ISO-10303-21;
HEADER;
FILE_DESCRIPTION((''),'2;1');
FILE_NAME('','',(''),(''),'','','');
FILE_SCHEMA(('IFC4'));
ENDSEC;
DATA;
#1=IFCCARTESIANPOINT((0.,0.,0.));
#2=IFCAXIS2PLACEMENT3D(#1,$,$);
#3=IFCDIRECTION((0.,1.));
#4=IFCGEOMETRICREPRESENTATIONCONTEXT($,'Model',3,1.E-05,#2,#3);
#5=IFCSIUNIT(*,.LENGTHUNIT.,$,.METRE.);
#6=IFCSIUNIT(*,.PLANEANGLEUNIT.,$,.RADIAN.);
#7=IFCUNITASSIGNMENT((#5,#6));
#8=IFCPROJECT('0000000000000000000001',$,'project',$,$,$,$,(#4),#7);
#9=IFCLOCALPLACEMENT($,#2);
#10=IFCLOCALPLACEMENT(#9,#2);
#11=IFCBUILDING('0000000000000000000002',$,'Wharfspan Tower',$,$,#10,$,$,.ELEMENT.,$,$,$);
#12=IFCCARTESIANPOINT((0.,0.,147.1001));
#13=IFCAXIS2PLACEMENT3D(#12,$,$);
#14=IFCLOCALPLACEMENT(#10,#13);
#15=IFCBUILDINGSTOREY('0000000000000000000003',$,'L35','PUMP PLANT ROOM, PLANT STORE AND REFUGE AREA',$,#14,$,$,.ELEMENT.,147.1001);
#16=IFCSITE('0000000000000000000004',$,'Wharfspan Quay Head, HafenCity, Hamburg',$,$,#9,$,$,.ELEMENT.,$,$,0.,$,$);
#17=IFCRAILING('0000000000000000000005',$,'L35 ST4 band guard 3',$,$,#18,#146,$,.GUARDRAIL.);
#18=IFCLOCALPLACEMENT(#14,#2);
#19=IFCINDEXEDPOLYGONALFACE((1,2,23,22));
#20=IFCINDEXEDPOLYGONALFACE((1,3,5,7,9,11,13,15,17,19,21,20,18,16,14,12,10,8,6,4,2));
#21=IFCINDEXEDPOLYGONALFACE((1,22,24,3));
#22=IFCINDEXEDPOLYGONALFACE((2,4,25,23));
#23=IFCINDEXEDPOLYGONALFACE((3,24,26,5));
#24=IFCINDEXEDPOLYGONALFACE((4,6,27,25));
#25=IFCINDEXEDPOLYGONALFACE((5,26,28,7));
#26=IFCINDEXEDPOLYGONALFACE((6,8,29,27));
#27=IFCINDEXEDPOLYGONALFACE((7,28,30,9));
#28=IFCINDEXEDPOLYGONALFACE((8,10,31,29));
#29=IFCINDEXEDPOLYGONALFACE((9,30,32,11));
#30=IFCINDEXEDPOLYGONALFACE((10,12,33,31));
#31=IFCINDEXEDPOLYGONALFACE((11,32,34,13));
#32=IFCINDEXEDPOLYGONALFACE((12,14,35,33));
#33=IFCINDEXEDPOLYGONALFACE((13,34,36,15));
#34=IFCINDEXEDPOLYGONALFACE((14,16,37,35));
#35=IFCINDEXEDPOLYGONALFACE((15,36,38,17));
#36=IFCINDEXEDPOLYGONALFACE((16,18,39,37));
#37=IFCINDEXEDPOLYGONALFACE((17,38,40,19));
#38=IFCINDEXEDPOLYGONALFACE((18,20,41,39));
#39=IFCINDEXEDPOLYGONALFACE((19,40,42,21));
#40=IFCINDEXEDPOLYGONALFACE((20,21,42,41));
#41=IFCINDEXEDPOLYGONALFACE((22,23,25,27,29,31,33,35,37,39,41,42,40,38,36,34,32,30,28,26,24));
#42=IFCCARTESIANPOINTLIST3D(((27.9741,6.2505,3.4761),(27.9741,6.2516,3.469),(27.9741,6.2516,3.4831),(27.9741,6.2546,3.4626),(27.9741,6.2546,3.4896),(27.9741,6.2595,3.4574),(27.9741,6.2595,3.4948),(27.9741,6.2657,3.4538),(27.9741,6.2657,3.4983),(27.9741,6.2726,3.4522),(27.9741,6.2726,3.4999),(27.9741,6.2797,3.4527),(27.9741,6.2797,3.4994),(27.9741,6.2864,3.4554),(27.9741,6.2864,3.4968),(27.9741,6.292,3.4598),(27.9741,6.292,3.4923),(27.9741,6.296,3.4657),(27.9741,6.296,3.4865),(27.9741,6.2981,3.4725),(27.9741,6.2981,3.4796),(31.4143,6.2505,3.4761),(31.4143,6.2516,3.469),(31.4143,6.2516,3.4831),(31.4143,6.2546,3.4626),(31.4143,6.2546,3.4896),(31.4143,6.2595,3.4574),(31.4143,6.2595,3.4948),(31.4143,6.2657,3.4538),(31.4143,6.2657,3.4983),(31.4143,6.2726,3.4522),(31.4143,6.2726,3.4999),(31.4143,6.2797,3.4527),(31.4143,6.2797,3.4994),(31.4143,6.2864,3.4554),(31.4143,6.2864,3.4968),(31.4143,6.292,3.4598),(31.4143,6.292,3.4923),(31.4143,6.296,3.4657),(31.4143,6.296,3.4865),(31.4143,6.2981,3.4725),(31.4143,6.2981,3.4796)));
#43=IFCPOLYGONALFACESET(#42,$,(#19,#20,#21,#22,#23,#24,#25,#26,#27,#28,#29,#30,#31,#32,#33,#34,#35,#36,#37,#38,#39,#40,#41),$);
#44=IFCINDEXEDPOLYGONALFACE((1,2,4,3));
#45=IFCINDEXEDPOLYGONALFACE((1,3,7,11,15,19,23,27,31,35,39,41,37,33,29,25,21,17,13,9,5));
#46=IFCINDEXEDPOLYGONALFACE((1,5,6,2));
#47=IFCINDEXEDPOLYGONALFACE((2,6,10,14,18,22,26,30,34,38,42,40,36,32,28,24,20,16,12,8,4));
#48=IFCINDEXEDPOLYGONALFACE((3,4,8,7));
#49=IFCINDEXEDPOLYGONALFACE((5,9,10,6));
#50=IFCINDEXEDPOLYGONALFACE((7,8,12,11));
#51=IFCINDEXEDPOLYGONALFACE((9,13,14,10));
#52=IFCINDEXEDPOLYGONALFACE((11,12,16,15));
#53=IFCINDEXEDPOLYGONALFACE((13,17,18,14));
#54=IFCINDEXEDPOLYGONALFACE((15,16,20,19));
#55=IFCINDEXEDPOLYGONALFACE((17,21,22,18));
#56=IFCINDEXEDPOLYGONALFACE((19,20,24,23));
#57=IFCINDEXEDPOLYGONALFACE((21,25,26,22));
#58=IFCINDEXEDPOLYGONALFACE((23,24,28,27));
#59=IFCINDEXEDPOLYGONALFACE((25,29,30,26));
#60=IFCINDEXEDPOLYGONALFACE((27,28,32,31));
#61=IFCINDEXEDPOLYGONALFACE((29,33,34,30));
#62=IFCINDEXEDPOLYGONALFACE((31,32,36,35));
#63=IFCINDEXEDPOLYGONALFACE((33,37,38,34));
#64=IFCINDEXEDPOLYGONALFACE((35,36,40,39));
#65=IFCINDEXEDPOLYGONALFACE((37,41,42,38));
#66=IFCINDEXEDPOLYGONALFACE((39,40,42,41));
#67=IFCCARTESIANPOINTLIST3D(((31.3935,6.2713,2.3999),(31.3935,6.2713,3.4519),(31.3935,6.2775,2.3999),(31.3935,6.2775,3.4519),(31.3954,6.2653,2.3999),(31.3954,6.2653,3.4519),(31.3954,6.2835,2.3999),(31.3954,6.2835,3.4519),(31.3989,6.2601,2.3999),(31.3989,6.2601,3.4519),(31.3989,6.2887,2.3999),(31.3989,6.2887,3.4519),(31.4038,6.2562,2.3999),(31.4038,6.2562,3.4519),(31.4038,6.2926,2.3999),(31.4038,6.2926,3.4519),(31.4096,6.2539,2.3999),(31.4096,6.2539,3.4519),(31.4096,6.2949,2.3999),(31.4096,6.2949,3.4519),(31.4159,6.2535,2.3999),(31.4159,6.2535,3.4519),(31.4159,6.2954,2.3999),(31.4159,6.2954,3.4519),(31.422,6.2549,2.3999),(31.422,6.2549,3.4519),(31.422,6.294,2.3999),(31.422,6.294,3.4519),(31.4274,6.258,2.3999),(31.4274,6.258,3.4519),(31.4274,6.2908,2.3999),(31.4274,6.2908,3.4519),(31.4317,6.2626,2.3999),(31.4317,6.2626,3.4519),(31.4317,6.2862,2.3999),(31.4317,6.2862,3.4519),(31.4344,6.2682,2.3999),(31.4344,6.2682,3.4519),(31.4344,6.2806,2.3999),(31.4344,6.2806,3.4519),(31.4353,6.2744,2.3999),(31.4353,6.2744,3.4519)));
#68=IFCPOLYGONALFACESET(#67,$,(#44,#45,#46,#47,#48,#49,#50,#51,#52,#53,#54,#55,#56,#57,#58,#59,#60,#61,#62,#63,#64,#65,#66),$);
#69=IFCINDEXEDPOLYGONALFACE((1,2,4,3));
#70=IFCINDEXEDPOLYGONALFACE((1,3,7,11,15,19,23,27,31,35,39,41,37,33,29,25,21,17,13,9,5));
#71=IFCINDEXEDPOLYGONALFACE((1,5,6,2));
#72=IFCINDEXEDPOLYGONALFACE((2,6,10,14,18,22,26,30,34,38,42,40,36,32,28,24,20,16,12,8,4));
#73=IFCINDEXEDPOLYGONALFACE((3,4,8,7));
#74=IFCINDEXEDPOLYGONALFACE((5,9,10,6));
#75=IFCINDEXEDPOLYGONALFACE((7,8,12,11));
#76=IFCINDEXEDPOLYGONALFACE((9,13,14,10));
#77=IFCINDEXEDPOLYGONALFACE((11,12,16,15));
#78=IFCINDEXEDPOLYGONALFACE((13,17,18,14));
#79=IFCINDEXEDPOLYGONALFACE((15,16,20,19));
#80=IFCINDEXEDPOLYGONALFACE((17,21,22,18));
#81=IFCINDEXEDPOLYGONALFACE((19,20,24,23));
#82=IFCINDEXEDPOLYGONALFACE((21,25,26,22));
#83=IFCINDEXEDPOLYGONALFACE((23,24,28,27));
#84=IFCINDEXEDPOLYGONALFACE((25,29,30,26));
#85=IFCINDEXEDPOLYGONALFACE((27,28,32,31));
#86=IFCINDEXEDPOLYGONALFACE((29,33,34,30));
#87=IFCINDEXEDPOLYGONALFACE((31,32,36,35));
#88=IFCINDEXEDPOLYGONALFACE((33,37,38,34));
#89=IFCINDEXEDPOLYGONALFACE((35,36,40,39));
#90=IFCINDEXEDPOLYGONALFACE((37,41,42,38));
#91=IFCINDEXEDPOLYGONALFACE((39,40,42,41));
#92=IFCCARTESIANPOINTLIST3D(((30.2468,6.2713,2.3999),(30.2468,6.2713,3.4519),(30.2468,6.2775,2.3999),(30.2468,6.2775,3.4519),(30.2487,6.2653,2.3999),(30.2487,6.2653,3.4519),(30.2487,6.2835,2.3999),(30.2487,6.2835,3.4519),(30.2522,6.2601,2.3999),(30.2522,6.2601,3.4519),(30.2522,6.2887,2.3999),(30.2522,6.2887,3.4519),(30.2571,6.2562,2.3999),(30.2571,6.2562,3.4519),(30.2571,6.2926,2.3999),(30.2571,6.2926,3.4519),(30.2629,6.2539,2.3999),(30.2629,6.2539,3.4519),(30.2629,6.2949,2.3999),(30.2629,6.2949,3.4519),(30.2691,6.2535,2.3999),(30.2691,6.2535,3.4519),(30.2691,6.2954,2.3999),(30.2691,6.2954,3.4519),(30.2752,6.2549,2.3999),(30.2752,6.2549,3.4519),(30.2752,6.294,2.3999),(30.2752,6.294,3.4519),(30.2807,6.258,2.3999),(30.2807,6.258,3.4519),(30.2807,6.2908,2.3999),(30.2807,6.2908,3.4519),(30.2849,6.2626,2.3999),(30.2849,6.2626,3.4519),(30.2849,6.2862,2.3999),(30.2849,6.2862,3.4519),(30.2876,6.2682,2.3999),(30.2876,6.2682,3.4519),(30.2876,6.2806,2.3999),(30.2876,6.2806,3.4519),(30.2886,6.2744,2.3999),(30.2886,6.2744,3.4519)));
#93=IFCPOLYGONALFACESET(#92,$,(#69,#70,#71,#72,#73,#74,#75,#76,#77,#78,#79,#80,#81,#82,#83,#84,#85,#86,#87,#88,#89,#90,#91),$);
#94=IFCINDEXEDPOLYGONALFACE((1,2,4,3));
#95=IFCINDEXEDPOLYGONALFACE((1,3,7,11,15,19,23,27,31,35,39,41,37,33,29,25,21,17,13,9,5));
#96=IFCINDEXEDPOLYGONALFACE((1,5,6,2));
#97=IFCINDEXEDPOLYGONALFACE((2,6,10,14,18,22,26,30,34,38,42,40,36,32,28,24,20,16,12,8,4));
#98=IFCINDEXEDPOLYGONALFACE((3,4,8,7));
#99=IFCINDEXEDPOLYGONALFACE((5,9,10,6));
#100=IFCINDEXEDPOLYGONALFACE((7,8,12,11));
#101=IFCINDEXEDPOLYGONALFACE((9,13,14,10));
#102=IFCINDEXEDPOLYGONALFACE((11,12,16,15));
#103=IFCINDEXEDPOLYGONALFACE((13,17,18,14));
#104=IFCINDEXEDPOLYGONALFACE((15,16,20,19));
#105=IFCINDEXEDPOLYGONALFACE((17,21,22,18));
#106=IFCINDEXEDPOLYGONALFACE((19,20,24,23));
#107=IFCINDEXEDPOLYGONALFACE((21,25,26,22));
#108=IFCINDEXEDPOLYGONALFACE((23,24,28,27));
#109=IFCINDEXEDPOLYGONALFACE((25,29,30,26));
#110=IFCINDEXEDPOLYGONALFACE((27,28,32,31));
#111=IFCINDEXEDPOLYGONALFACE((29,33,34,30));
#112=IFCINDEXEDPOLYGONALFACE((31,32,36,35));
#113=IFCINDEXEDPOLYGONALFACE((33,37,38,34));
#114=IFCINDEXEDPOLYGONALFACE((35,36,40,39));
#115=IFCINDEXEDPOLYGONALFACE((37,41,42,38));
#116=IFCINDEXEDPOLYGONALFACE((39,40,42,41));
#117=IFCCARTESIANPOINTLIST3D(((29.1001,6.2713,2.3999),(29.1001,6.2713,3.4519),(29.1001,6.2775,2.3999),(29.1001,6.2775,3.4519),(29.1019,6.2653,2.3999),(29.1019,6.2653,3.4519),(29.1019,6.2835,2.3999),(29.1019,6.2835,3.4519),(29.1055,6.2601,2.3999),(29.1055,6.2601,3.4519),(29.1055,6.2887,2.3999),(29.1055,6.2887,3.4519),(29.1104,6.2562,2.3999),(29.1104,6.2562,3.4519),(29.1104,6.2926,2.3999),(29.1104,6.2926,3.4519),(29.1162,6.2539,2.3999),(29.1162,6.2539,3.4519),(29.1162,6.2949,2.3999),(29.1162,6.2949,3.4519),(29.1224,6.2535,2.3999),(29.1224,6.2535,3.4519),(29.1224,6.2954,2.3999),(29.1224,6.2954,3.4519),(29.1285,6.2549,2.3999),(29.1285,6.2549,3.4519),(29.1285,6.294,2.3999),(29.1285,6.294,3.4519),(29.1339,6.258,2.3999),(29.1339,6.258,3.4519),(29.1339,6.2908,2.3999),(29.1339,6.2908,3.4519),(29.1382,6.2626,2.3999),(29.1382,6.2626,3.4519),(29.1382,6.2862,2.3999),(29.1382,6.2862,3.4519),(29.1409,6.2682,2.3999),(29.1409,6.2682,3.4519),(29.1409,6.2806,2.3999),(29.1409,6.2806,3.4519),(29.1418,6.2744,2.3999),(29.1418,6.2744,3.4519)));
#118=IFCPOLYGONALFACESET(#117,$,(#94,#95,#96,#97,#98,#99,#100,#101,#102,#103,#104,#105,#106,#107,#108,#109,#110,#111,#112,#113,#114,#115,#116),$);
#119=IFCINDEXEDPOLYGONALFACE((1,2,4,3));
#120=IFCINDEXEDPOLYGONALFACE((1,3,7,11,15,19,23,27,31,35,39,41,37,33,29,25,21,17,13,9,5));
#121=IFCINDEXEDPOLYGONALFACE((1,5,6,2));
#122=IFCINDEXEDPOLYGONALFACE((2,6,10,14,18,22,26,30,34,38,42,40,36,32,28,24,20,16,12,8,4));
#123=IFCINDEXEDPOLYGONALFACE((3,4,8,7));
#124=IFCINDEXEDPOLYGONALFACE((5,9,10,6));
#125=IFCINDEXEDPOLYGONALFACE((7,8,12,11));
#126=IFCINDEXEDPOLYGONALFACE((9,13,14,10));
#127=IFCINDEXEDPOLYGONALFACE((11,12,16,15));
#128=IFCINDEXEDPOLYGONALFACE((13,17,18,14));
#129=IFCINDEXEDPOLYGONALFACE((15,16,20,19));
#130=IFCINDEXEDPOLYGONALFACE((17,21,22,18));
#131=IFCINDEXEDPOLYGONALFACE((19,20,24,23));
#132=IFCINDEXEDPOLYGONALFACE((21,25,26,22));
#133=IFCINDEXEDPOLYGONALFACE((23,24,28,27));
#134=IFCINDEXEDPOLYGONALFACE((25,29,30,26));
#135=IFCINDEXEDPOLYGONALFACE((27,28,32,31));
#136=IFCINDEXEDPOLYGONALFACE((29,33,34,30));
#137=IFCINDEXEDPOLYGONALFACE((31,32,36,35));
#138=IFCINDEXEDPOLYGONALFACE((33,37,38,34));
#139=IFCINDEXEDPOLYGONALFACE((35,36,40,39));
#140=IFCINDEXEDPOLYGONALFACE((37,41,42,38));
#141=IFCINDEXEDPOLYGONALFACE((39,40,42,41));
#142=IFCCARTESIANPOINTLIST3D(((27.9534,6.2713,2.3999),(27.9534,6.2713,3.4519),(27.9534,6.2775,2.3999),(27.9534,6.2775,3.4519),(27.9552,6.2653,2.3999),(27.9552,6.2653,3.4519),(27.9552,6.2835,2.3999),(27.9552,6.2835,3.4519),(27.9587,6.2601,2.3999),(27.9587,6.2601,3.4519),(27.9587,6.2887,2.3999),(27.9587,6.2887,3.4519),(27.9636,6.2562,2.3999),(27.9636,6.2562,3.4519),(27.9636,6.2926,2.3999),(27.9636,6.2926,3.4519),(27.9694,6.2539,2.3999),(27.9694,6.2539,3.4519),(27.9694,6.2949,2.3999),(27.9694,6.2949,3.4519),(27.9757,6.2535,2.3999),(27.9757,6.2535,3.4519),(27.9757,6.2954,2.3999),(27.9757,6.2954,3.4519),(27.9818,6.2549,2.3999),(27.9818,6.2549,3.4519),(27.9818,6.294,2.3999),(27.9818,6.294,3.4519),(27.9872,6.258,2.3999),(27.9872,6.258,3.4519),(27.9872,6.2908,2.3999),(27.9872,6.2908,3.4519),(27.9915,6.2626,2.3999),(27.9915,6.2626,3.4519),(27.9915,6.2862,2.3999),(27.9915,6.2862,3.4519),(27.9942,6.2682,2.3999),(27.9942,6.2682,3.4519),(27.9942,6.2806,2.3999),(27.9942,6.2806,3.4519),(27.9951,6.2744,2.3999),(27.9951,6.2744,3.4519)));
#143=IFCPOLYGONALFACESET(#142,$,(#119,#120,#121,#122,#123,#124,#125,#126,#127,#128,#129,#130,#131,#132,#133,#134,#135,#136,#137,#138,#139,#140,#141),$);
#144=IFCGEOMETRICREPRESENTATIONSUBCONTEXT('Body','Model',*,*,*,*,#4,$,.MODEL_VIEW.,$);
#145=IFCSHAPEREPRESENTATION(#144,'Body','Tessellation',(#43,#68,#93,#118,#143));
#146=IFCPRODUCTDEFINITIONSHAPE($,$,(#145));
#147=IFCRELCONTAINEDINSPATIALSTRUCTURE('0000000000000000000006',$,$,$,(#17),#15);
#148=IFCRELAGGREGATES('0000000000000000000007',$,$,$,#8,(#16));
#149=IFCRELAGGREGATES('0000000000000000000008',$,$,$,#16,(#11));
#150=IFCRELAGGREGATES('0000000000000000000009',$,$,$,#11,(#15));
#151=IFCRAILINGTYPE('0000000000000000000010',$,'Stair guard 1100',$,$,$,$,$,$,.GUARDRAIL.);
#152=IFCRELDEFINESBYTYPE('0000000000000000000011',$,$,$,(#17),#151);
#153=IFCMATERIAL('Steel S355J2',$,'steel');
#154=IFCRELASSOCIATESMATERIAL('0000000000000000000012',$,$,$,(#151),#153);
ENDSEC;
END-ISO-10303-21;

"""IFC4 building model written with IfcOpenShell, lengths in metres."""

from ifc_helpers import new_model, si_unit, direction, frame, origin, origin_2d, place, context, subcontext, project, spatial, circle, extrude, material, type_object, element, save


model = new_model("IFC4")

# Units and contexts
model_context = context("Model", 3, precision=1e-05, world=origin(), true_north=direction((0.0, 1.0)))
body_context = subcontext(model_context, "Body", "Model", "MODEL_VIEW")
ifc_project = project(units=[si_unit("LENGTHUNIT", "METRE"), si_unit("PLANEANGLEUNIT", "RADIAN")], contexts=[model_context])

# Site, building, storey
site_placement = place(None, origin())
site = spatial("IfcSite", under=ifc_project, at=site_placement, Name="Wharfspan Quay Head, HafenCity, Hamburg", CompositionType="ELEMENT", RefElevation=0.0)
building_placement = place(site_placement, origin())
building = spatial("IfcBuilding", under=site, at=building_placement, Name="Wharfspan Tower", CompositionType="ELEMENT")
storey_placement = place(building_placement, frame((0.0, 0.0, 147.1001)))
storey = spatial("IfcBuildingStorey", under=building, at=storey_placement, Name="L35", Description="PUMP PLANT ROOM, PLANT STORE AND REFUGE AREA", CompositionType="ELEMENT", Elevation=147.1001)

# Shared definitions
ifc_material_1 = material(Name="Steel S355J2", Category="steel")

# Railing
railing_type_1 = type_object("IfcRailingType", Name="Stair guard 1100", PredefinedType="GUARDRAIL", material=ifc_material_1)
railing_1_placement = place(storey_placement, frame((31.4143, 6.2744, 2.3999)))
element("IfcRailing", 1, at=railing_1_placement, inside=storey, type_object=railing_type_1, Name="L35 ST4 band guard 3", PredefinedType="GUARDRAIL", context=body_context, shape_type="SweptSolid", body=[
    extrude(circle(Radius=0.0239, at=origin_2d()), frame((0.0, 0.0, 1.0762), z_axis=(-1.0, 0.0, 0.0), x_axis=(0.0, -1.0, 0.0)), (0.0, 0.0, 1.0), 3.4402),
    extrude(circle(Radius=0.021, at=origin_2d()), origin(), (0.0, 0.0, 1.0), 1.052),
    extrude(circle(Radius=0.021, at=origin_2d()), frame((-1.1467, 0.0, 0.0)), (0.0, 0.0, 1.0), 1.052),
    extrude(circle(Radius=0.021, at=origin_2d()), frame((-2.2935, 0.0, 0.0)), (0.0, 0.0, 1.0), 1.052),
    extrude(circle(Radius=0.021, at=origin_2d()), frame((-3.4402, 0.0, 0.0)), (0.0, 0.0, 1.0), 1.052),
])

save(model, "model.ifc")
